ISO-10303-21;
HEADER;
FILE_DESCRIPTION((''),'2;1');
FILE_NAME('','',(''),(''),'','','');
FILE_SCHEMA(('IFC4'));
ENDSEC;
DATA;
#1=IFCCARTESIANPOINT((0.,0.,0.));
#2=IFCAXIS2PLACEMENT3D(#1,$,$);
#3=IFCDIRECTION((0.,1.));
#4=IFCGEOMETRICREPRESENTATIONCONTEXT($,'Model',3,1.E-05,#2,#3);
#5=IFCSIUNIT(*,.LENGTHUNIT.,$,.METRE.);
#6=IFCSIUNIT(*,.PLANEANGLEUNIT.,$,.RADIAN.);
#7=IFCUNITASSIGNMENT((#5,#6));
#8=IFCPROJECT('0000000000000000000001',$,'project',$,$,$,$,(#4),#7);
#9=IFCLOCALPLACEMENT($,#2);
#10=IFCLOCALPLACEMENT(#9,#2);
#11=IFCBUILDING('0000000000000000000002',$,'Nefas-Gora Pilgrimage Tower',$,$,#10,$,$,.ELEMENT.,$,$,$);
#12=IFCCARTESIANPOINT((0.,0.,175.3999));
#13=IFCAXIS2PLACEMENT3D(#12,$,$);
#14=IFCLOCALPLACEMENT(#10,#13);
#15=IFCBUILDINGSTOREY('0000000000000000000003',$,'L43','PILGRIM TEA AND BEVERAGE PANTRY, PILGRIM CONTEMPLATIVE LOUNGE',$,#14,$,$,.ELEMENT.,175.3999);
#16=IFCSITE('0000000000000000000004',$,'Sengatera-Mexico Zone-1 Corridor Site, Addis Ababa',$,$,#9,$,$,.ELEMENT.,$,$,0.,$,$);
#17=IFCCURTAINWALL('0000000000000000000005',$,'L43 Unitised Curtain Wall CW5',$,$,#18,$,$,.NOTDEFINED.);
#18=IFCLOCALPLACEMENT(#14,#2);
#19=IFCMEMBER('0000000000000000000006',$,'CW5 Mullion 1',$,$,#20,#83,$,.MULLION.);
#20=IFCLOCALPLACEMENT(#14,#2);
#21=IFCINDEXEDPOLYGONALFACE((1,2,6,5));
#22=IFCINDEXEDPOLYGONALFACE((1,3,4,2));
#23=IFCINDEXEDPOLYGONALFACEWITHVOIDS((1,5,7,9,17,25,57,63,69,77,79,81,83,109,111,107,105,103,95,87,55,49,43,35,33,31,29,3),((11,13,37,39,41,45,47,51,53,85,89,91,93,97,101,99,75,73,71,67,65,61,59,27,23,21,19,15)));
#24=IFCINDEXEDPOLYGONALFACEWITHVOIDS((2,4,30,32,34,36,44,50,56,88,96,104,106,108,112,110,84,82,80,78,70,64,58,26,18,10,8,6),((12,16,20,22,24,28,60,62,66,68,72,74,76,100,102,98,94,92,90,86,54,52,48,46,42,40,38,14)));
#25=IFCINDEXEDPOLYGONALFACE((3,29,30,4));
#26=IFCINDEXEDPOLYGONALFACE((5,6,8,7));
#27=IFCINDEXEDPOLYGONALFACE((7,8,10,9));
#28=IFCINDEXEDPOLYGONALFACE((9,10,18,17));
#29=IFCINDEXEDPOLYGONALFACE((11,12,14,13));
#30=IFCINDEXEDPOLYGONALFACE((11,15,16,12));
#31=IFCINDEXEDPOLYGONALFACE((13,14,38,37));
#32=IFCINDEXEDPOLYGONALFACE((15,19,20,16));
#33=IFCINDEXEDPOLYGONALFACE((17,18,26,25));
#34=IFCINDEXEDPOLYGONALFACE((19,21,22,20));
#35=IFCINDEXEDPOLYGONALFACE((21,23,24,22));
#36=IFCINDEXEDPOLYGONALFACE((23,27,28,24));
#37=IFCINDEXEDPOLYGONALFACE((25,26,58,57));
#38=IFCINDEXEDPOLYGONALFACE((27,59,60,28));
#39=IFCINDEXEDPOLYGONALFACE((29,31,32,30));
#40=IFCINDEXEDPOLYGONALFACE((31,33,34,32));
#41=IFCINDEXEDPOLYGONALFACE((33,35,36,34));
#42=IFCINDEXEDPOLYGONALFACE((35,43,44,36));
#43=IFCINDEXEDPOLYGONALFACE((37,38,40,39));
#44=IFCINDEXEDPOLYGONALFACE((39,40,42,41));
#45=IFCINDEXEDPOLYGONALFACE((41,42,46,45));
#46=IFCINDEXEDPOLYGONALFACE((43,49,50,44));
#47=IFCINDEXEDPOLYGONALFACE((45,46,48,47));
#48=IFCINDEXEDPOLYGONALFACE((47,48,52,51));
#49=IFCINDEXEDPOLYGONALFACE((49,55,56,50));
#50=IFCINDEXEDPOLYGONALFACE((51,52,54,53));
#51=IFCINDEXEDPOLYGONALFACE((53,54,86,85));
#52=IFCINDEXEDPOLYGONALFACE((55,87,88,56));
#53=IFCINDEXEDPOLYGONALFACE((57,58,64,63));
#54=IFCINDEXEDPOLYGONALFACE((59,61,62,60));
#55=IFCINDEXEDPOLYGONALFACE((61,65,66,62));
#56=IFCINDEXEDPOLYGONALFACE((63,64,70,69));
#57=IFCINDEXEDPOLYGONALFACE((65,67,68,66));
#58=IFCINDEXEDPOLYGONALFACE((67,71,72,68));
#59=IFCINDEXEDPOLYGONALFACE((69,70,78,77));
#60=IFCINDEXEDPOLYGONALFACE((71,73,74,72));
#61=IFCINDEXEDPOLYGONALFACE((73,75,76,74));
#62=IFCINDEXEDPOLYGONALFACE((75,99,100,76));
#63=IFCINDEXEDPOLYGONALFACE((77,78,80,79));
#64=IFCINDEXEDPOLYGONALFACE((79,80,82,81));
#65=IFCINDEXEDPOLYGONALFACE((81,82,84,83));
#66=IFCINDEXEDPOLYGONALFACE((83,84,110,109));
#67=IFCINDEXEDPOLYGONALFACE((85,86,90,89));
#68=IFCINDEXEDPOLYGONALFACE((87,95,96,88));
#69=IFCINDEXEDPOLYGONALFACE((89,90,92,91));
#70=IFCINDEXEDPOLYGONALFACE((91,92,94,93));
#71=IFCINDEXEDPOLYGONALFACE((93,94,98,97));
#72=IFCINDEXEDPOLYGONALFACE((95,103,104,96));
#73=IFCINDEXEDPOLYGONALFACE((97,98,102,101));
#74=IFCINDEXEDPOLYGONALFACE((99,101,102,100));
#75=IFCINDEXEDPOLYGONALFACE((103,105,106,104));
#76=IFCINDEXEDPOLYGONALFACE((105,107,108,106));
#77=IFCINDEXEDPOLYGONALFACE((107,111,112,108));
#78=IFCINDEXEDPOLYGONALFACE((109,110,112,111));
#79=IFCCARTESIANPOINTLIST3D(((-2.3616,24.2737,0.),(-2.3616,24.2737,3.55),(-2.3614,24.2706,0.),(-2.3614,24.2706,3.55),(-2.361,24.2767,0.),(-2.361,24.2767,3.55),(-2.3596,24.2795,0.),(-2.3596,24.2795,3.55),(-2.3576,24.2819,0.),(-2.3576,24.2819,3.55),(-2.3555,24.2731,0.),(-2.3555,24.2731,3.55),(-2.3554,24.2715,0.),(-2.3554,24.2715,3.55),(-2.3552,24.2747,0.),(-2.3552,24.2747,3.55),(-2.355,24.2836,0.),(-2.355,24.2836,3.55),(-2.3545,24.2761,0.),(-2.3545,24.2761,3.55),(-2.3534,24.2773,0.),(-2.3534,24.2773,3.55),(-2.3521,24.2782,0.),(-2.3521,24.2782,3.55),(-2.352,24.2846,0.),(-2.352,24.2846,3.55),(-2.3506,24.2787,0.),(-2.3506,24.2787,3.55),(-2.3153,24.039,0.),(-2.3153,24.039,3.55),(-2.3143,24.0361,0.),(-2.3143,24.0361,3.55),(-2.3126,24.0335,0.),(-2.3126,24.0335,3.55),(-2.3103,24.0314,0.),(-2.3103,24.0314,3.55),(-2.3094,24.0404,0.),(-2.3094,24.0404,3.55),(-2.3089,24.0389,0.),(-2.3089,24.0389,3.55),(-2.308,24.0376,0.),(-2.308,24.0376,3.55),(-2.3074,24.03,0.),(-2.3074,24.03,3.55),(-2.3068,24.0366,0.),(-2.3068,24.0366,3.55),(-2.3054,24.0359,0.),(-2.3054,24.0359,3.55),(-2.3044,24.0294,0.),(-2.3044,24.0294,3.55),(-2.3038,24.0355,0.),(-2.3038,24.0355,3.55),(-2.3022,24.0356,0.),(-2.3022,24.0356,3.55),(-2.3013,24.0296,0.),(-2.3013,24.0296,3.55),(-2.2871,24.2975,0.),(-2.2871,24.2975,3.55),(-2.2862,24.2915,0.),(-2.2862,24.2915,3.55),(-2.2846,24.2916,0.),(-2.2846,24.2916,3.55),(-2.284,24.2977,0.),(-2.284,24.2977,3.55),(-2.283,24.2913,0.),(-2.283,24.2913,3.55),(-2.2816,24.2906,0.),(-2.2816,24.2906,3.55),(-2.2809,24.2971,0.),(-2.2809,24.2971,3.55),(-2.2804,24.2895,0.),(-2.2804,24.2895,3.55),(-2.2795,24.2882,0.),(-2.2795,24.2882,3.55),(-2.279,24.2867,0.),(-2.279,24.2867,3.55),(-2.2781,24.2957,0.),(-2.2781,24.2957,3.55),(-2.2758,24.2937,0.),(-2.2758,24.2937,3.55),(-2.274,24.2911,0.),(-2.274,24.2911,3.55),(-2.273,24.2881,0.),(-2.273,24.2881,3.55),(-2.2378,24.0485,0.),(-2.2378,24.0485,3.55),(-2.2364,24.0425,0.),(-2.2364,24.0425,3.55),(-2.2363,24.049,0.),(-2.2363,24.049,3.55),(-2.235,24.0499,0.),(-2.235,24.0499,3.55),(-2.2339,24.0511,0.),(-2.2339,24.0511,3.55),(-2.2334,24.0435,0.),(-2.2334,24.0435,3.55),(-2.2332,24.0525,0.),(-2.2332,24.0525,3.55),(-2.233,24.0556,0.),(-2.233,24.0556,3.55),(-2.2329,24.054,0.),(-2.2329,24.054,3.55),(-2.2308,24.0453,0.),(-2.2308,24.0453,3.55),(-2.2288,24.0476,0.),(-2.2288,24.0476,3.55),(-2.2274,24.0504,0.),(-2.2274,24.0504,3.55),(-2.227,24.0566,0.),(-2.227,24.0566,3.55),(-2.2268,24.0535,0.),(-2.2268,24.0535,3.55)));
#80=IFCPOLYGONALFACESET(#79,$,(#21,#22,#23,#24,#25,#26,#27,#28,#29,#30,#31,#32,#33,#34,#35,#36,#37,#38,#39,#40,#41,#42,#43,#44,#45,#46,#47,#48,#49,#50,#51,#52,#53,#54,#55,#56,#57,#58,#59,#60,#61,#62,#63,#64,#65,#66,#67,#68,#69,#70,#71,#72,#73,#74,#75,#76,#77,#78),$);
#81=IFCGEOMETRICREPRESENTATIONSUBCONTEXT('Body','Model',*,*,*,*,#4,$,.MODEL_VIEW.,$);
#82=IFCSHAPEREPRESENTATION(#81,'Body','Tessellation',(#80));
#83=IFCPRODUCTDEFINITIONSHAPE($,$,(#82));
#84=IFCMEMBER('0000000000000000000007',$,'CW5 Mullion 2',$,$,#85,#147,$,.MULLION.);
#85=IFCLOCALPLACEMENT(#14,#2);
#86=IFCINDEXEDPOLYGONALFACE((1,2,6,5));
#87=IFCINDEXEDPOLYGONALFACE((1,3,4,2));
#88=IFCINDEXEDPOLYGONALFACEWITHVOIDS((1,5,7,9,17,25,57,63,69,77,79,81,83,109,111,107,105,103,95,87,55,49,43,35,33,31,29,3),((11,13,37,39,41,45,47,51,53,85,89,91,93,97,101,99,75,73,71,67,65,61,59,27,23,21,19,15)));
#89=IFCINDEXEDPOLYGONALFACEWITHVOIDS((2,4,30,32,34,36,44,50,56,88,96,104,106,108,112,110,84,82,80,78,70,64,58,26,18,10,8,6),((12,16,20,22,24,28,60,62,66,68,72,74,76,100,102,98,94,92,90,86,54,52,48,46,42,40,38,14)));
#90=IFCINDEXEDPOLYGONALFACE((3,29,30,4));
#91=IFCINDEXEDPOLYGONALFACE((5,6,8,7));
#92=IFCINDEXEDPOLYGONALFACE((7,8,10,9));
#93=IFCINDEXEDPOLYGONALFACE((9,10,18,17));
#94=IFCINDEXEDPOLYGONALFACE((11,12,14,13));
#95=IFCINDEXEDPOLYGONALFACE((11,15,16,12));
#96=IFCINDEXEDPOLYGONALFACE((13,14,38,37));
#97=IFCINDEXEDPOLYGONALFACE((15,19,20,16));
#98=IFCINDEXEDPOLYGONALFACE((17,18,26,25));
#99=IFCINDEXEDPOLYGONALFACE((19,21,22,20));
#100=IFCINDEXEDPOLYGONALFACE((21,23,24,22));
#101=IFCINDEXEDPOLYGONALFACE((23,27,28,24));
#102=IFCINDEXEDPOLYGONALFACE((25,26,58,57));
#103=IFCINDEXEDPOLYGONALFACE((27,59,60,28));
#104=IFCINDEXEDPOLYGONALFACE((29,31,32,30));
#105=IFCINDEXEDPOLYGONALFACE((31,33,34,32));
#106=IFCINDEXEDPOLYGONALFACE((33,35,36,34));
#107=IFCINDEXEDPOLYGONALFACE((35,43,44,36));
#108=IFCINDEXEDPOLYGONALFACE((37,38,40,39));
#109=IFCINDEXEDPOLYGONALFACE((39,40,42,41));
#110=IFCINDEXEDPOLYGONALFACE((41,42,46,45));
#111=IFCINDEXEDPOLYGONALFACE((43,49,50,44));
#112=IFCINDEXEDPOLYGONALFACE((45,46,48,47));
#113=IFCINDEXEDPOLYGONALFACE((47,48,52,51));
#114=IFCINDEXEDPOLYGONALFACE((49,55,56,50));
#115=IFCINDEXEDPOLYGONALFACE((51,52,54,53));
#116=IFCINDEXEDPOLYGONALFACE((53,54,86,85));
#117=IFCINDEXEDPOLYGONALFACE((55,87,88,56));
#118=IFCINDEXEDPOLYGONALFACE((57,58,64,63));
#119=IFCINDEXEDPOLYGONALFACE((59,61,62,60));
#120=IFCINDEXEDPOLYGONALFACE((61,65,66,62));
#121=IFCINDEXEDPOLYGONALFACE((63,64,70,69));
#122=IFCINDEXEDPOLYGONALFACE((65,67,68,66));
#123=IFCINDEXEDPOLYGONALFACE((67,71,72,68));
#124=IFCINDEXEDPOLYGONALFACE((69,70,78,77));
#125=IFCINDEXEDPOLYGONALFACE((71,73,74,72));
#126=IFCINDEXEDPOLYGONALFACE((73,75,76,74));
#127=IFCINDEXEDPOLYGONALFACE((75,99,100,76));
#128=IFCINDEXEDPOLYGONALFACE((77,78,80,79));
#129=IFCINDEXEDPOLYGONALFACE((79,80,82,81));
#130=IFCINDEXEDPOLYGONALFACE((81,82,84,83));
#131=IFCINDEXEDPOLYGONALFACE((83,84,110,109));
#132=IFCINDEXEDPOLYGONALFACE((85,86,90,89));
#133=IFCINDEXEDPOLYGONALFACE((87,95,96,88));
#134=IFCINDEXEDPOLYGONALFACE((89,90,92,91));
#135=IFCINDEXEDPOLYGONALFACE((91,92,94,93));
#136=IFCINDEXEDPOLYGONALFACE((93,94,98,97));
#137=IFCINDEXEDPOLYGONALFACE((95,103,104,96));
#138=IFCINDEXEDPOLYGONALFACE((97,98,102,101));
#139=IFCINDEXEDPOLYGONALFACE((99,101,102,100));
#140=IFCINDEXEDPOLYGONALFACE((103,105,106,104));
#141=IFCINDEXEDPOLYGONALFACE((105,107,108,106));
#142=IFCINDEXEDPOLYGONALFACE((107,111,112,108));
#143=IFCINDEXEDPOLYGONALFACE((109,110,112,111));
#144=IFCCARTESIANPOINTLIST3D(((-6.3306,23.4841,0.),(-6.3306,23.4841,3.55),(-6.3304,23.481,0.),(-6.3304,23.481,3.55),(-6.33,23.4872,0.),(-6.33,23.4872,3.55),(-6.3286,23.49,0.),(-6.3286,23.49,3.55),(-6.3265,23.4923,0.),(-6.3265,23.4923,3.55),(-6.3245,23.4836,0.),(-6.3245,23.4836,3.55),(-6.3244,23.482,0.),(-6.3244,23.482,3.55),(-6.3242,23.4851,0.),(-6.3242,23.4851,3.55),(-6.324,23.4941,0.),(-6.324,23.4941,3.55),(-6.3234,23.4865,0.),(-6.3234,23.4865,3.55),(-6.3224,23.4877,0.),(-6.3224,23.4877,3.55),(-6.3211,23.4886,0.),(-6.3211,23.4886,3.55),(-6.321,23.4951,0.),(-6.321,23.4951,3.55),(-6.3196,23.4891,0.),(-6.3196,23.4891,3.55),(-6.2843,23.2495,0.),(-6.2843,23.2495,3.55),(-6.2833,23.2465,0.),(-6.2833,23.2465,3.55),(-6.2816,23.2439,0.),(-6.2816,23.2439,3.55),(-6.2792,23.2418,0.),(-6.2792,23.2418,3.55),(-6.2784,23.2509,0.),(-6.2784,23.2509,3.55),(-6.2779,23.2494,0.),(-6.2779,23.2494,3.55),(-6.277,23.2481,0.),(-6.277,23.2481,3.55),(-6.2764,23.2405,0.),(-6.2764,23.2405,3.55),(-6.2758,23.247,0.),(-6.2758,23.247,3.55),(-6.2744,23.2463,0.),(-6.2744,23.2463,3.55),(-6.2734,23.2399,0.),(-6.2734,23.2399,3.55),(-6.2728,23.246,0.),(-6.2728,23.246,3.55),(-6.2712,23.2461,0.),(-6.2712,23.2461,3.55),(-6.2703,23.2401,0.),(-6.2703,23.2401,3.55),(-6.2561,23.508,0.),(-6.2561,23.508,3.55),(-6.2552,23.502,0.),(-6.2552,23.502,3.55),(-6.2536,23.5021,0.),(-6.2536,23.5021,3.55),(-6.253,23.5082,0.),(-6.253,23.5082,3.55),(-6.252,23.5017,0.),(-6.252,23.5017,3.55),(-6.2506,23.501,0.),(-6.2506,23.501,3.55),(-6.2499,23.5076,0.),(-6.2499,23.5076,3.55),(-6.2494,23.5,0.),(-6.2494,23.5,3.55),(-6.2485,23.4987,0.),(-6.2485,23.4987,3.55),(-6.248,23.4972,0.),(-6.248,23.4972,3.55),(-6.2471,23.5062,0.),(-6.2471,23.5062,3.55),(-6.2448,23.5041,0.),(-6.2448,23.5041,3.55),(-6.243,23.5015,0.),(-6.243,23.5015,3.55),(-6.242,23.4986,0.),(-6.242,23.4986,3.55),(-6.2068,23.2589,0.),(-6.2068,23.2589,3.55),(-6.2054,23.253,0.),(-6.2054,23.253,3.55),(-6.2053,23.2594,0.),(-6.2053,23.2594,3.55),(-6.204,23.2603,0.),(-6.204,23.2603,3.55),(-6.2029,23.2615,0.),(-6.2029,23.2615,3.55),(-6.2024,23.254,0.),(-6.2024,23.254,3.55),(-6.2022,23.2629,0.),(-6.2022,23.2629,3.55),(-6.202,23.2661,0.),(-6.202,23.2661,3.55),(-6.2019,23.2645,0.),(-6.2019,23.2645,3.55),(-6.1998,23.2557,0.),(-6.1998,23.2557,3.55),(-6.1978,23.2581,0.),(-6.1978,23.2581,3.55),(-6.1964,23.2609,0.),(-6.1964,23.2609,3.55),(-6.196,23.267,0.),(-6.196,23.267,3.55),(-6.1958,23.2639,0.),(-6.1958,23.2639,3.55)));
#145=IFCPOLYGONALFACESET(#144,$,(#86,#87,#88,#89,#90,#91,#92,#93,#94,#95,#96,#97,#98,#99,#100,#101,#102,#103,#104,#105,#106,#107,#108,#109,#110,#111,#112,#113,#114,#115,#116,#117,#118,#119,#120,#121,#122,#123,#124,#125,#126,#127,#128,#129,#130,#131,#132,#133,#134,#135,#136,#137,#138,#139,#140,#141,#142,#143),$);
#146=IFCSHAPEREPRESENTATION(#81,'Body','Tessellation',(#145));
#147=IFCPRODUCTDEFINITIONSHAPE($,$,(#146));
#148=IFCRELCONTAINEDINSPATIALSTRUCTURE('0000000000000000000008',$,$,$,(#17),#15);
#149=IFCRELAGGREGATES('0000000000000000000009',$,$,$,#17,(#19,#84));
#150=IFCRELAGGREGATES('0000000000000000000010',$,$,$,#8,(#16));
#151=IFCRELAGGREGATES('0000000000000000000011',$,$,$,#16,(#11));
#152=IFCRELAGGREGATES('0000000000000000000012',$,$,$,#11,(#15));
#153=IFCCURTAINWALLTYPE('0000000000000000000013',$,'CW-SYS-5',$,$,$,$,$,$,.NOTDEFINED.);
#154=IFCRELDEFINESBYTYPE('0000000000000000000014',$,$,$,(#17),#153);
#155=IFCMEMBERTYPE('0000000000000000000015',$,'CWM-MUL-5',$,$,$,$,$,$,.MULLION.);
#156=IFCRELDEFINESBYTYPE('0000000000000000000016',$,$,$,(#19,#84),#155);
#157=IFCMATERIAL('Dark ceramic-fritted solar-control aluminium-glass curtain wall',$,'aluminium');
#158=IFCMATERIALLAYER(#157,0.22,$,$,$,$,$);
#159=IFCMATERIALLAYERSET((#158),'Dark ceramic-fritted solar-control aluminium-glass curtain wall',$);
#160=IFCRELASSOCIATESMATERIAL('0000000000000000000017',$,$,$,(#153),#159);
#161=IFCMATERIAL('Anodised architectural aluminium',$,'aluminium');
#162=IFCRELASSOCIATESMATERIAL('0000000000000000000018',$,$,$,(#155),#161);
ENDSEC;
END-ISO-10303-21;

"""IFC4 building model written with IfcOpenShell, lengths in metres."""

from ifc_helpers import new_model, si_unit, direction, frame, origin, origin_2d, place, context, subcontext, project, spatial, hollow_rectangle, extrude, source, transform, mapped, material, layer, layer_set, material_profile, profile_set, type_object, element, aggregate, save


model = new_model("IFC4")

# Units and contexts
model_context = context("Model", 3, precision=1e-05, world=origin(), true_north=direction((0.0, 1.0)))
body_context = subcontext(model_context, "Body", "Model", "MODEL_VIEW")
ifc_project = project(units=[si_unit("LENGTHUNIT", "METRE"), si_unit("PLANEANGLEUNIT", "RADIAN")], contexts=[model_context])

# Site, building, storey
site_placement = place(None, origin())
site = spatial("IfcSite", under=ifc_project, at=site_placement, Name="Sengatera-Mexico Zone-1 Corridor Site, Addis Ababa", CompositionType="ELEMENT", RefElevation=0.0)
building_placement = place(site_placement, origin())
building = spatial("IfcBuilding", under=site, at=building_placement, Name="Nefas-Gora Pilgrimage Tower", CompositionType="ELEMENT")
storey_placement = place(building_placement, frame((0.0, 0.0, 175.3999)))
storey = spatial("IfcBuildingStorey", under=building, at=storey_placement, Name="L43", Description="PILGRIM TEA AND BEVERAGE PANTRY, PILGRIM CONTEMPLATIVE LOUNGE", CompositionType="ELEMENT", Elevation=175.3999)

# Shared definitions
ifc_material_1 = material(Name="Dark ceramic-fritted solar-control aluminium-glass curtain wall", Category="aluminium")
ifc_layer_1 = layer(ifc_material_1, 0.22)
ifc_layer_set_1 = layer_set([ifc_layer_1], Name="Dark ceramic-fritted solar-control aluminium-glass curtain wall")
curtain_wall_type = type_object("IfcCurtainWallType", Name="CW-SYS-5", PredefinedType="NOTDEFINED", material=ifc_layer_set_1)
ifc_material_2 = material(Name="Anodised architectural aluminium", Category="aluminium")
ifc_material_profile_1 = material_profile(ifc_material_2, hollow_rectangle(XDim=0.0901, YDim=0.26, WallThickness=0.0061, InnerFilletRadius=0.0061, OuterFilletRadius=0.012, at=origin_2d()), Name="ALU MULLION 90x260")
ifc_profile_set_1 = profile_set([ifc_material_profile_1], Name="Anodised architectural aluminium")
member_type_1 = type_object("IfcMemberType", Name="CWM-MUL-5", PredefinedType="MULLION", material=ifc_profile_set_1)
shared_shape_1 = source(origin(), body_context, "Body", "SweptSolid", [
    extrude(hollow_rectangle(XDim=0.0901, YDim=0.26, WallThickness=0.0061, InnerFilletRadius=0.0061, OuterFilletRadius=0.012, at=origin_2d()), origin(), (0.0, 0.0, 1.0), 3.55),
])

# Curtain wall, members
curtain_wall_1_placement = place(storey_placement, origin())
curtain_wall_1 = element("IfcCurtainWall", 1, at=curtain_wall_1_placement, inside=storey, type_object=curtain_wall_type, Name="L43 Unitised Curtain Wall CW5", PredefinedType="NOTDEFINED")
member_1_placement = place(storey_placement, frame((-2.2942, 24.1636, 0.0), z_axis=(0.0, 0.0, 1.0), x_axis=(-0.980783, -0.195102, 0.0)))
member_1 = element("IfcMember", 2, at=member_1_placement, type_object=member_type_1, Name="CW5 Mullion 1", PredefinedType="MULLION", context=body_context, shape_type="MappedRepresentation", body=[
    mapped(shared_shape_1, transform((0.0, 0.0, 0.0), x_axis=(1.0, 0.0, 0.0), y_axis=(0.0, 1.0, 0.0), z_axis=(0.0, 0.0, 1.0), scale=1.0)),
])
member_2_placement = place(storey_placement, frame((-6.2632, 23.374, 0.0), z_axis=(0.0, 0.0, 1.0), x_axis=(-0.980783, -0.195102, 0.0)))
member_2 = element("IfcMember", 3, at=member_2_placement, type_object=member_type_1, Name="CW5 Mullion 2", PredefinedType="MULLION", context=body_context, shape_type="MappedRepresentation", body=[
    mapped(shared_shape_1, transform((0.0, 0.0, 0.0), x_axis=(1.0, 0.0, 0.0), y_axis=(0.0, 1.0, 0.0), z_axis=(0.0, 0.0, 1.0), scale=1.0)),
])

aggregate(curtain_wall_1, [member_1, member_2])

save(model, "model.ifc")
